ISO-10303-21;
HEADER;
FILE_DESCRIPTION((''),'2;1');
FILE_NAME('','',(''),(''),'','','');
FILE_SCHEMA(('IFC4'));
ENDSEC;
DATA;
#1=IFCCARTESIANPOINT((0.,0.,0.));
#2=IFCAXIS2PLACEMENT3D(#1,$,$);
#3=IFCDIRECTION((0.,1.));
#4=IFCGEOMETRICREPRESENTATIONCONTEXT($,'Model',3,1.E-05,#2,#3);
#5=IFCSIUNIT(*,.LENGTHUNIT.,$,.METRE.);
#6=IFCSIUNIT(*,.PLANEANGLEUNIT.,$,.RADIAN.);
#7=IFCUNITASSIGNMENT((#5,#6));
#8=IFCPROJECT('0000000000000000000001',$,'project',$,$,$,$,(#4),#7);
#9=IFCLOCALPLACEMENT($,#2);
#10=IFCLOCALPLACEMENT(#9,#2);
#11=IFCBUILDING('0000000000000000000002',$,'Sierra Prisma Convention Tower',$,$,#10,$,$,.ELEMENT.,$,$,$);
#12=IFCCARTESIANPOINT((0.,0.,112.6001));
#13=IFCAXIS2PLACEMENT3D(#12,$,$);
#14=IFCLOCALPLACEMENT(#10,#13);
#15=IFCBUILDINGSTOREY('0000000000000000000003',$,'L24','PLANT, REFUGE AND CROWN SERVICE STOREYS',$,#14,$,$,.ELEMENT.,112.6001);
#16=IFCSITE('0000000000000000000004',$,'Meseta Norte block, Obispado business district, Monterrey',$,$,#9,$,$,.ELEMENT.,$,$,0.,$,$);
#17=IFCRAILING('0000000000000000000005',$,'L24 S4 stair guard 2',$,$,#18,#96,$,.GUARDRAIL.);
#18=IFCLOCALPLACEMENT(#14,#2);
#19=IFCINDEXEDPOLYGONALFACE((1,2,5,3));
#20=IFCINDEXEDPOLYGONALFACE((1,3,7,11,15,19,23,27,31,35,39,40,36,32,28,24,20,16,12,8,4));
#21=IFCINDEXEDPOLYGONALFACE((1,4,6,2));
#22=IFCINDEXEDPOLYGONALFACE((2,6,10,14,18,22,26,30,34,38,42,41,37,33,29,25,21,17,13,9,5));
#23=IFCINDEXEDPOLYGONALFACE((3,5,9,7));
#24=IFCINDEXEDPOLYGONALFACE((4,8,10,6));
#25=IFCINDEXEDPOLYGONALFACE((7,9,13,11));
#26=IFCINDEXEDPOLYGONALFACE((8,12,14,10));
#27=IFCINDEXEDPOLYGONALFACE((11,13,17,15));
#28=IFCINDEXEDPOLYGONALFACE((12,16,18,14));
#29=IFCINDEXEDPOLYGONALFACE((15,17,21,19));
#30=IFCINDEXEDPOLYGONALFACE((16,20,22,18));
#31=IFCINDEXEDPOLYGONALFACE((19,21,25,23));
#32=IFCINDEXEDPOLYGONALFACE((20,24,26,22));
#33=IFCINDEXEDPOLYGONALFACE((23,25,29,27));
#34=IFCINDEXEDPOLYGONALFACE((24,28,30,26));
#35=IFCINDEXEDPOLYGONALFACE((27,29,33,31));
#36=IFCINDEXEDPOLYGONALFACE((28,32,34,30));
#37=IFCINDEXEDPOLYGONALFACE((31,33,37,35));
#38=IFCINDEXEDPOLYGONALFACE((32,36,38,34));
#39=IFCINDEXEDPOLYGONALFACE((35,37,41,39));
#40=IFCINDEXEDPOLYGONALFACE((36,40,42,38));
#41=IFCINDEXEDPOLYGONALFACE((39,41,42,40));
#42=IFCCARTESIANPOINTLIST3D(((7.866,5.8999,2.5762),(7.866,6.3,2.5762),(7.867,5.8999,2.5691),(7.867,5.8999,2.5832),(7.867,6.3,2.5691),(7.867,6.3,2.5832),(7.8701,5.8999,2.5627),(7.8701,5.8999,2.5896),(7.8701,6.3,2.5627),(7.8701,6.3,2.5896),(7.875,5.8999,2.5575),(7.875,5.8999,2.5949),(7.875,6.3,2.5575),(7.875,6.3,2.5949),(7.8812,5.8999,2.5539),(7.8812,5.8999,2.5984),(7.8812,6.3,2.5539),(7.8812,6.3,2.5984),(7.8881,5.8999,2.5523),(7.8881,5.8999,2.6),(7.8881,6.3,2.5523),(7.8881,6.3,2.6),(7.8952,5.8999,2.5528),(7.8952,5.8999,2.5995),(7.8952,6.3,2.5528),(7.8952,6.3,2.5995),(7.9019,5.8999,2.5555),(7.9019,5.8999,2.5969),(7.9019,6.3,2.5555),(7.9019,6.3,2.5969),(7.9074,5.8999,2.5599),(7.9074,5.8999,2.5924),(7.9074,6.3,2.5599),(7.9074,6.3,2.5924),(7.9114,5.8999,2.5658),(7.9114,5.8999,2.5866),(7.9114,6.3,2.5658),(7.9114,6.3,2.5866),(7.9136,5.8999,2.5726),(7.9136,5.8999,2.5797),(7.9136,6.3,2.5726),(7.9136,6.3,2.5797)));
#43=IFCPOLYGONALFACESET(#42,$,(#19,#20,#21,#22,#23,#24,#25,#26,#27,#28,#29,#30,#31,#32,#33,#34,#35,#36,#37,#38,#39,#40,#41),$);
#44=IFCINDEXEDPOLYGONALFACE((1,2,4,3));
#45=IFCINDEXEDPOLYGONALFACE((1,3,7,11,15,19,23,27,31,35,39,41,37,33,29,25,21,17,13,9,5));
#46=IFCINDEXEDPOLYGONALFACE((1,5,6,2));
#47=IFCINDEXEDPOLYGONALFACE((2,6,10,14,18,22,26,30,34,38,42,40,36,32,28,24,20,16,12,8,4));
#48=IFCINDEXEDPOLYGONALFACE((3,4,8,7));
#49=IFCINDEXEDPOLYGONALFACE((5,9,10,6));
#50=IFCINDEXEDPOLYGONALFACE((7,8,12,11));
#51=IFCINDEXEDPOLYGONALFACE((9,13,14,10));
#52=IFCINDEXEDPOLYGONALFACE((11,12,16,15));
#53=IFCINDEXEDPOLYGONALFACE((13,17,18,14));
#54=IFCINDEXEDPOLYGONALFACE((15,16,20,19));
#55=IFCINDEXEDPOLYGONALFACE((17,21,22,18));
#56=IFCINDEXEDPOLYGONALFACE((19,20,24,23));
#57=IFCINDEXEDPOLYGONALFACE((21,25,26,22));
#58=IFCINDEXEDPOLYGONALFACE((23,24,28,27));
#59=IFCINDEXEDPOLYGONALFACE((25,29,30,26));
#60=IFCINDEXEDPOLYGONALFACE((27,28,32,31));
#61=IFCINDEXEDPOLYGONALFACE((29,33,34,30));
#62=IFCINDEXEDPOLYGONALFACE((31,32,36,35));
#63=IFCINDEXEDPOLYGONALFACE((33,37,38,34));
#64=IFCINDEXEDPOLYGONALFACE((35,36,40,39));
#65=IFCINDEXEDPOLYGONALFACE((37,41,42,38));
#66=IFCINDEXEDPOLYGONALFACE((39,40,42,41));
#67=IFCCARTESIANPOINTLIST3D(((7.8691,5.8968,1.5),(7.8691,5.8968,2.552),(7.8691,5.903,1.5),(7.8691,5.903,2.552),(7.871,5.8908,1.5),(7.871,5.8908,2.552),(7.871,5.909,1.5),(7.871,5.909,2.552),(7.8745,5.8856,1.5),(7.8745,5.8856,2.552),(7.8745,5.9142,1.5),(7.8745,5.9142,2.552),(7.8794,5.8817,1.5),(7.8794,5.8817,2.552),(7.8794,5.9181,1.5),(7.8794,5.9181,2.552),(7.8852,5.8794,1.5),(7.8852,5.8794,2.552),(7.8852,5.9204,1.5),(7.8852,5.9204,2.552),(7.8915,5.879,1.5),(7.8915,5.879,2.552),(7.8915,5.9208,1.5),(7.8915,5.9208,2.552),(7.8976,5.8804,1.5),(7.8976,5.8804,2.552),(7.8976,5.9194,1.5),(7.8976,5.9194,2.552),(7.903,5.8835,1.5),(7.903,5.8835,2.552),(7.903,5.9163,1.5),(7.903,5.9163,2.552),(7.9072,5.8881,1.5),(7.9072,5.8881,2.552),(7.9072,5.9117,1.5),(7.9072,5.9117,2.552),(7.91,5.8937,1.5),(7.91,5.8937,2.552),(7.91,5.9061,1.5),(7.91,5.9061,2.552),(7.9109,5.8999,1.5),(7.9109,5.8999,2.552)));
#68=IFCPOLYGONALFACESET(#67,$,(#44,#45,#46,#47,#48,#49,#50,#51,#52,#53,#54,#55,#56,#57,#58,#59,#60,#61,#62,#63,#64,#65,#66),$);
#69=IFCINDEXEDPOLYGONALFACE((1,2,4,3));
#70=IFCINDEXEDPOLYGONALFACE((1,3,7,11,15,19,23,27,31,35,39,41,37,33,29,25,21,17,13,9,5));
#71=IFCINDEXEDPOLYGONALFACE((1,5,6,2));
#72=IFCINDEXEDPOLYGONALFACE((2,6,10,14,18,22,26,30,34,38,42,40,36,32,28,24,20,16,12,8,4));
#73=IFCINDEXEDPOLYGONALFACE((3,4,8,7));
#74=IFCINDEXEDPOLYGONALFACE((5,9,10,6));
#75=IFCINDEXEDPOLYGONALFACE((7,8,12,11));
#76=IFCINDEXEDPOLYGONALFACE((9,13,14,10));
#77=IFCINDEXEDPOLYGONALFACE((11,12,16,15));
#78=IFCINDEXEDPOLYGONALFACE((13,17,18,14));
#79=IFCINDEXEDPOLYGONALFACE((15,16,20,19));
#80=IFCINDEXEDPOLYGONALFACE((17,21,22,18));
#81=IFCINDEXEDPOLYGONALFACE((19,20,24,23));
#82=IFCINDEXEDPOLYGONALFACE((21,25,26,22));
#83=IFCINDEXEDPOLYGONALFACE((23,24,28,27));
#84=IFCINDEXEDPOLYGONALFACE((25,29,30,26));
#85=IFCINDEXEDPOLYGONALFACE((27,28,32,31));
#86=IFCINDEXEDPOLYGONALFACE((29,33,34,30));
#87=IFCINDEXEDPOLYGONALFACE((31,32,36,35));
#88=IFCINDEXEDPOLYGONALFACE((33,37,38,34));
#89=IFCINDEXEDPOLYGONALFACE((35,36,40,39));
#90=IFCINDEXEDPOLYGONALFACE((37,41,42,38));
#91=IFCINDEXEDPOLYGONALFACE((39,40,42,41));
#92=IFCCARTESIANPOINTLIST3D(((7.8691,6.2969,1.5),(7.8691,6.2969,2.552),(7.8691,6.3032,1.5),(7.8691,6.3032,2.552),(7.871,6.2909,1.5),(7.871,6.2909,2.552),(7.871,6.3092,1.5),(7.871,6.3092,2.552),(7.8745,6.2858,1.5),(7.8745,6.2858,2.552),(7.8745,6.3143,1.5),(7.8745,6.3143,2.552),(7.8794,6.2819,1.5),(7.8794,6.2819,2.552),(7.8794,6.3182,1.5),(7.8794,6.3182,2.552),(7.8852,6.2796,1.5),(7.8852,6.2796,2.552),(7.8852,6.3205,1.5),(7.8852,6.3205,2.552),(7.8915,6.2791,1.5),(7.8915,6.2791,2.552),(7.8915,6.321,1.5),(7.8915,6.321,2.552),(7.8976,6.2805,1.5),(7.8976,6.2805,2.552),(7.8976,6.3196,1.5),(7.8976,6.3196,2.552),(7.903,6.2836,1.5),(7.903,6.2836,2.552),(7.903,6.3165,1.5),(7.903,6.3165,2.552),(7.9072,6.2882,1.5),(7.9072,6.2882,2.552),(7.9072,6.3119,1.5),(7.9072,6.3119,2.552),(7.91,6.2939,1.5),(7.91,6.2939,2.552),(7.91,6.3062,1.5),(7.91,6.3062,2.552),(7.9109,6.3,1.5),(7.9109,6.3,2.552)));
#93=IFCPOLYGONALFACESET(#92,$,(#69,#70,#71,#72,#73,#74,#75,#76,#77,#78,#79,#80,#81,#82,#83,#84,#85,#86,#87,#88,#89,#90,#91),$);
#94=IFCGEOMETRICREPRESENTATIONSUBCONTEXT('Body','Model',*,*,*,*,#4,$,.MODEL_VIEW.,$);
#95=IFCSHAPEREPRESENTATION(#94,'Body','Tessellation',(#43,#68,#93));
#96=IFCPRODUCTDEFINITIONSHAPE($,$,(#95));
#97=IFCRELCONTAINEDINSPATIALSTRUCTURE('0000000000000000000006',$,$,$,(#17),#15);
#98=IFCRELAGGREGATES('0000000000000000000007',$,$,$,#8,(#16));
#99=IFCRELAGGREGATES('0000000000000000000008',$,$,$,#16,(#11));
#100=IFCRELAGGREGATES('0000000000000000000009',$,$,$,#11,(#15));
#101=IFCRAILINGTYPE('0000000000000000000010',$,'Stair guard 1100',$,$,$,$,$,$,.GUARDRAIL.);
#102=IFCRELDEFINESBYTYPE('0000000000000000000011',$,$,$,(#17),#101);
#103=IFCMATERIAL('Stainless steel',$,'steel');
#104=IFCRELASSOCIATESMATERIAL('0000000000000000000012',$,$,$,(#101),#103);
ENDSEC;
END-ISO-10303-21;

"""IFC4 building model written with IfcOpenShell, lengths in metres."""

from ifc_helpers import new_model, si_unit, direction, frame, origin, origin_2d, place, context, subcontext, project, spatial, circle, extrude, material, type_object, element, save


model = new_model("IFC4")

# Units and contexts
model_context = context("Model", 3, precision=1e-05, world=origin(), true_north=direction((0.0, 1.0)))
body_context = subcontext(model_context, "Body", "Model", "MODEL_VIEW")
ifc_project = project(units=[si_unit("LENGTHUNIT", "METRE"), si_unit("PLANEANGLEUNIT", "RADIAN")], contexts=[model_context])

# Site, building, storey
site_placement = place(None, origin())
site = spatial("IfcSite", under=ifc_project, at=site_placement, Name="Meseta Norte block, Obispado business district, Monterrey", CompositionType="ELEMENT", RefElevation=0.0)
building_placement = place(site_placement, origin())
building = spatial("IfcBuilding", under=site, at=building_placement, Name="Sierra Prisma Convention Tower", CompositionType="ELEMENT")
storey_placement = place(building_placement, frame((0.0, 0.0, 112.6001)))
storey = spatial("IfcBuildingStorey", under=building, at=storey_placement, Name="L24", Description="PLANT, REFUGE AND CROWN SERVICE STOREYS", CompositionType="ELEMENT", Elevation=112.6001)

# Railing
ifc_material_1 = material(Name="Stainless steel", Category="steel")
railing_type_1 = type_object("IfcRailingType", Name="Stair guard 1100", PredefinedType="GUARDRAIL", material=ifc_material_1)
railing_1_placement = place(storey_placement, frame((7.8899, 5.8999, 1.5)))
element("IfcRailing", 1, at=railing_1_placement, inside=storey, type_object=railing_type_1, Name="L24 S4 stair guard 2", PredefinedType="GUARDRAIL", context=body_context, shape_type="SweptSolid", body=[
    extrude(circle(Radius=0.0239, at=origin_2d()), frame((0.0, 0.0, 1.0762), z_axis=(0.0, 1.0, 0.0), x_axis=(-1.0, 0.0, 0.0)), (0.0, 0.0, 1.0), 0.4001),
    extrude(circle(Radius=0.021, at=origin_2d()), origin(), (0.0, 0.0, 1.0), 1.052),
    extrude(circle(Radius=0.021, at=origin_2d()), frame((0.0, 0.4001, 0.0)), (0.0, 0.0, 1.0), 1.052),
])

save(model, "model.ifc")
